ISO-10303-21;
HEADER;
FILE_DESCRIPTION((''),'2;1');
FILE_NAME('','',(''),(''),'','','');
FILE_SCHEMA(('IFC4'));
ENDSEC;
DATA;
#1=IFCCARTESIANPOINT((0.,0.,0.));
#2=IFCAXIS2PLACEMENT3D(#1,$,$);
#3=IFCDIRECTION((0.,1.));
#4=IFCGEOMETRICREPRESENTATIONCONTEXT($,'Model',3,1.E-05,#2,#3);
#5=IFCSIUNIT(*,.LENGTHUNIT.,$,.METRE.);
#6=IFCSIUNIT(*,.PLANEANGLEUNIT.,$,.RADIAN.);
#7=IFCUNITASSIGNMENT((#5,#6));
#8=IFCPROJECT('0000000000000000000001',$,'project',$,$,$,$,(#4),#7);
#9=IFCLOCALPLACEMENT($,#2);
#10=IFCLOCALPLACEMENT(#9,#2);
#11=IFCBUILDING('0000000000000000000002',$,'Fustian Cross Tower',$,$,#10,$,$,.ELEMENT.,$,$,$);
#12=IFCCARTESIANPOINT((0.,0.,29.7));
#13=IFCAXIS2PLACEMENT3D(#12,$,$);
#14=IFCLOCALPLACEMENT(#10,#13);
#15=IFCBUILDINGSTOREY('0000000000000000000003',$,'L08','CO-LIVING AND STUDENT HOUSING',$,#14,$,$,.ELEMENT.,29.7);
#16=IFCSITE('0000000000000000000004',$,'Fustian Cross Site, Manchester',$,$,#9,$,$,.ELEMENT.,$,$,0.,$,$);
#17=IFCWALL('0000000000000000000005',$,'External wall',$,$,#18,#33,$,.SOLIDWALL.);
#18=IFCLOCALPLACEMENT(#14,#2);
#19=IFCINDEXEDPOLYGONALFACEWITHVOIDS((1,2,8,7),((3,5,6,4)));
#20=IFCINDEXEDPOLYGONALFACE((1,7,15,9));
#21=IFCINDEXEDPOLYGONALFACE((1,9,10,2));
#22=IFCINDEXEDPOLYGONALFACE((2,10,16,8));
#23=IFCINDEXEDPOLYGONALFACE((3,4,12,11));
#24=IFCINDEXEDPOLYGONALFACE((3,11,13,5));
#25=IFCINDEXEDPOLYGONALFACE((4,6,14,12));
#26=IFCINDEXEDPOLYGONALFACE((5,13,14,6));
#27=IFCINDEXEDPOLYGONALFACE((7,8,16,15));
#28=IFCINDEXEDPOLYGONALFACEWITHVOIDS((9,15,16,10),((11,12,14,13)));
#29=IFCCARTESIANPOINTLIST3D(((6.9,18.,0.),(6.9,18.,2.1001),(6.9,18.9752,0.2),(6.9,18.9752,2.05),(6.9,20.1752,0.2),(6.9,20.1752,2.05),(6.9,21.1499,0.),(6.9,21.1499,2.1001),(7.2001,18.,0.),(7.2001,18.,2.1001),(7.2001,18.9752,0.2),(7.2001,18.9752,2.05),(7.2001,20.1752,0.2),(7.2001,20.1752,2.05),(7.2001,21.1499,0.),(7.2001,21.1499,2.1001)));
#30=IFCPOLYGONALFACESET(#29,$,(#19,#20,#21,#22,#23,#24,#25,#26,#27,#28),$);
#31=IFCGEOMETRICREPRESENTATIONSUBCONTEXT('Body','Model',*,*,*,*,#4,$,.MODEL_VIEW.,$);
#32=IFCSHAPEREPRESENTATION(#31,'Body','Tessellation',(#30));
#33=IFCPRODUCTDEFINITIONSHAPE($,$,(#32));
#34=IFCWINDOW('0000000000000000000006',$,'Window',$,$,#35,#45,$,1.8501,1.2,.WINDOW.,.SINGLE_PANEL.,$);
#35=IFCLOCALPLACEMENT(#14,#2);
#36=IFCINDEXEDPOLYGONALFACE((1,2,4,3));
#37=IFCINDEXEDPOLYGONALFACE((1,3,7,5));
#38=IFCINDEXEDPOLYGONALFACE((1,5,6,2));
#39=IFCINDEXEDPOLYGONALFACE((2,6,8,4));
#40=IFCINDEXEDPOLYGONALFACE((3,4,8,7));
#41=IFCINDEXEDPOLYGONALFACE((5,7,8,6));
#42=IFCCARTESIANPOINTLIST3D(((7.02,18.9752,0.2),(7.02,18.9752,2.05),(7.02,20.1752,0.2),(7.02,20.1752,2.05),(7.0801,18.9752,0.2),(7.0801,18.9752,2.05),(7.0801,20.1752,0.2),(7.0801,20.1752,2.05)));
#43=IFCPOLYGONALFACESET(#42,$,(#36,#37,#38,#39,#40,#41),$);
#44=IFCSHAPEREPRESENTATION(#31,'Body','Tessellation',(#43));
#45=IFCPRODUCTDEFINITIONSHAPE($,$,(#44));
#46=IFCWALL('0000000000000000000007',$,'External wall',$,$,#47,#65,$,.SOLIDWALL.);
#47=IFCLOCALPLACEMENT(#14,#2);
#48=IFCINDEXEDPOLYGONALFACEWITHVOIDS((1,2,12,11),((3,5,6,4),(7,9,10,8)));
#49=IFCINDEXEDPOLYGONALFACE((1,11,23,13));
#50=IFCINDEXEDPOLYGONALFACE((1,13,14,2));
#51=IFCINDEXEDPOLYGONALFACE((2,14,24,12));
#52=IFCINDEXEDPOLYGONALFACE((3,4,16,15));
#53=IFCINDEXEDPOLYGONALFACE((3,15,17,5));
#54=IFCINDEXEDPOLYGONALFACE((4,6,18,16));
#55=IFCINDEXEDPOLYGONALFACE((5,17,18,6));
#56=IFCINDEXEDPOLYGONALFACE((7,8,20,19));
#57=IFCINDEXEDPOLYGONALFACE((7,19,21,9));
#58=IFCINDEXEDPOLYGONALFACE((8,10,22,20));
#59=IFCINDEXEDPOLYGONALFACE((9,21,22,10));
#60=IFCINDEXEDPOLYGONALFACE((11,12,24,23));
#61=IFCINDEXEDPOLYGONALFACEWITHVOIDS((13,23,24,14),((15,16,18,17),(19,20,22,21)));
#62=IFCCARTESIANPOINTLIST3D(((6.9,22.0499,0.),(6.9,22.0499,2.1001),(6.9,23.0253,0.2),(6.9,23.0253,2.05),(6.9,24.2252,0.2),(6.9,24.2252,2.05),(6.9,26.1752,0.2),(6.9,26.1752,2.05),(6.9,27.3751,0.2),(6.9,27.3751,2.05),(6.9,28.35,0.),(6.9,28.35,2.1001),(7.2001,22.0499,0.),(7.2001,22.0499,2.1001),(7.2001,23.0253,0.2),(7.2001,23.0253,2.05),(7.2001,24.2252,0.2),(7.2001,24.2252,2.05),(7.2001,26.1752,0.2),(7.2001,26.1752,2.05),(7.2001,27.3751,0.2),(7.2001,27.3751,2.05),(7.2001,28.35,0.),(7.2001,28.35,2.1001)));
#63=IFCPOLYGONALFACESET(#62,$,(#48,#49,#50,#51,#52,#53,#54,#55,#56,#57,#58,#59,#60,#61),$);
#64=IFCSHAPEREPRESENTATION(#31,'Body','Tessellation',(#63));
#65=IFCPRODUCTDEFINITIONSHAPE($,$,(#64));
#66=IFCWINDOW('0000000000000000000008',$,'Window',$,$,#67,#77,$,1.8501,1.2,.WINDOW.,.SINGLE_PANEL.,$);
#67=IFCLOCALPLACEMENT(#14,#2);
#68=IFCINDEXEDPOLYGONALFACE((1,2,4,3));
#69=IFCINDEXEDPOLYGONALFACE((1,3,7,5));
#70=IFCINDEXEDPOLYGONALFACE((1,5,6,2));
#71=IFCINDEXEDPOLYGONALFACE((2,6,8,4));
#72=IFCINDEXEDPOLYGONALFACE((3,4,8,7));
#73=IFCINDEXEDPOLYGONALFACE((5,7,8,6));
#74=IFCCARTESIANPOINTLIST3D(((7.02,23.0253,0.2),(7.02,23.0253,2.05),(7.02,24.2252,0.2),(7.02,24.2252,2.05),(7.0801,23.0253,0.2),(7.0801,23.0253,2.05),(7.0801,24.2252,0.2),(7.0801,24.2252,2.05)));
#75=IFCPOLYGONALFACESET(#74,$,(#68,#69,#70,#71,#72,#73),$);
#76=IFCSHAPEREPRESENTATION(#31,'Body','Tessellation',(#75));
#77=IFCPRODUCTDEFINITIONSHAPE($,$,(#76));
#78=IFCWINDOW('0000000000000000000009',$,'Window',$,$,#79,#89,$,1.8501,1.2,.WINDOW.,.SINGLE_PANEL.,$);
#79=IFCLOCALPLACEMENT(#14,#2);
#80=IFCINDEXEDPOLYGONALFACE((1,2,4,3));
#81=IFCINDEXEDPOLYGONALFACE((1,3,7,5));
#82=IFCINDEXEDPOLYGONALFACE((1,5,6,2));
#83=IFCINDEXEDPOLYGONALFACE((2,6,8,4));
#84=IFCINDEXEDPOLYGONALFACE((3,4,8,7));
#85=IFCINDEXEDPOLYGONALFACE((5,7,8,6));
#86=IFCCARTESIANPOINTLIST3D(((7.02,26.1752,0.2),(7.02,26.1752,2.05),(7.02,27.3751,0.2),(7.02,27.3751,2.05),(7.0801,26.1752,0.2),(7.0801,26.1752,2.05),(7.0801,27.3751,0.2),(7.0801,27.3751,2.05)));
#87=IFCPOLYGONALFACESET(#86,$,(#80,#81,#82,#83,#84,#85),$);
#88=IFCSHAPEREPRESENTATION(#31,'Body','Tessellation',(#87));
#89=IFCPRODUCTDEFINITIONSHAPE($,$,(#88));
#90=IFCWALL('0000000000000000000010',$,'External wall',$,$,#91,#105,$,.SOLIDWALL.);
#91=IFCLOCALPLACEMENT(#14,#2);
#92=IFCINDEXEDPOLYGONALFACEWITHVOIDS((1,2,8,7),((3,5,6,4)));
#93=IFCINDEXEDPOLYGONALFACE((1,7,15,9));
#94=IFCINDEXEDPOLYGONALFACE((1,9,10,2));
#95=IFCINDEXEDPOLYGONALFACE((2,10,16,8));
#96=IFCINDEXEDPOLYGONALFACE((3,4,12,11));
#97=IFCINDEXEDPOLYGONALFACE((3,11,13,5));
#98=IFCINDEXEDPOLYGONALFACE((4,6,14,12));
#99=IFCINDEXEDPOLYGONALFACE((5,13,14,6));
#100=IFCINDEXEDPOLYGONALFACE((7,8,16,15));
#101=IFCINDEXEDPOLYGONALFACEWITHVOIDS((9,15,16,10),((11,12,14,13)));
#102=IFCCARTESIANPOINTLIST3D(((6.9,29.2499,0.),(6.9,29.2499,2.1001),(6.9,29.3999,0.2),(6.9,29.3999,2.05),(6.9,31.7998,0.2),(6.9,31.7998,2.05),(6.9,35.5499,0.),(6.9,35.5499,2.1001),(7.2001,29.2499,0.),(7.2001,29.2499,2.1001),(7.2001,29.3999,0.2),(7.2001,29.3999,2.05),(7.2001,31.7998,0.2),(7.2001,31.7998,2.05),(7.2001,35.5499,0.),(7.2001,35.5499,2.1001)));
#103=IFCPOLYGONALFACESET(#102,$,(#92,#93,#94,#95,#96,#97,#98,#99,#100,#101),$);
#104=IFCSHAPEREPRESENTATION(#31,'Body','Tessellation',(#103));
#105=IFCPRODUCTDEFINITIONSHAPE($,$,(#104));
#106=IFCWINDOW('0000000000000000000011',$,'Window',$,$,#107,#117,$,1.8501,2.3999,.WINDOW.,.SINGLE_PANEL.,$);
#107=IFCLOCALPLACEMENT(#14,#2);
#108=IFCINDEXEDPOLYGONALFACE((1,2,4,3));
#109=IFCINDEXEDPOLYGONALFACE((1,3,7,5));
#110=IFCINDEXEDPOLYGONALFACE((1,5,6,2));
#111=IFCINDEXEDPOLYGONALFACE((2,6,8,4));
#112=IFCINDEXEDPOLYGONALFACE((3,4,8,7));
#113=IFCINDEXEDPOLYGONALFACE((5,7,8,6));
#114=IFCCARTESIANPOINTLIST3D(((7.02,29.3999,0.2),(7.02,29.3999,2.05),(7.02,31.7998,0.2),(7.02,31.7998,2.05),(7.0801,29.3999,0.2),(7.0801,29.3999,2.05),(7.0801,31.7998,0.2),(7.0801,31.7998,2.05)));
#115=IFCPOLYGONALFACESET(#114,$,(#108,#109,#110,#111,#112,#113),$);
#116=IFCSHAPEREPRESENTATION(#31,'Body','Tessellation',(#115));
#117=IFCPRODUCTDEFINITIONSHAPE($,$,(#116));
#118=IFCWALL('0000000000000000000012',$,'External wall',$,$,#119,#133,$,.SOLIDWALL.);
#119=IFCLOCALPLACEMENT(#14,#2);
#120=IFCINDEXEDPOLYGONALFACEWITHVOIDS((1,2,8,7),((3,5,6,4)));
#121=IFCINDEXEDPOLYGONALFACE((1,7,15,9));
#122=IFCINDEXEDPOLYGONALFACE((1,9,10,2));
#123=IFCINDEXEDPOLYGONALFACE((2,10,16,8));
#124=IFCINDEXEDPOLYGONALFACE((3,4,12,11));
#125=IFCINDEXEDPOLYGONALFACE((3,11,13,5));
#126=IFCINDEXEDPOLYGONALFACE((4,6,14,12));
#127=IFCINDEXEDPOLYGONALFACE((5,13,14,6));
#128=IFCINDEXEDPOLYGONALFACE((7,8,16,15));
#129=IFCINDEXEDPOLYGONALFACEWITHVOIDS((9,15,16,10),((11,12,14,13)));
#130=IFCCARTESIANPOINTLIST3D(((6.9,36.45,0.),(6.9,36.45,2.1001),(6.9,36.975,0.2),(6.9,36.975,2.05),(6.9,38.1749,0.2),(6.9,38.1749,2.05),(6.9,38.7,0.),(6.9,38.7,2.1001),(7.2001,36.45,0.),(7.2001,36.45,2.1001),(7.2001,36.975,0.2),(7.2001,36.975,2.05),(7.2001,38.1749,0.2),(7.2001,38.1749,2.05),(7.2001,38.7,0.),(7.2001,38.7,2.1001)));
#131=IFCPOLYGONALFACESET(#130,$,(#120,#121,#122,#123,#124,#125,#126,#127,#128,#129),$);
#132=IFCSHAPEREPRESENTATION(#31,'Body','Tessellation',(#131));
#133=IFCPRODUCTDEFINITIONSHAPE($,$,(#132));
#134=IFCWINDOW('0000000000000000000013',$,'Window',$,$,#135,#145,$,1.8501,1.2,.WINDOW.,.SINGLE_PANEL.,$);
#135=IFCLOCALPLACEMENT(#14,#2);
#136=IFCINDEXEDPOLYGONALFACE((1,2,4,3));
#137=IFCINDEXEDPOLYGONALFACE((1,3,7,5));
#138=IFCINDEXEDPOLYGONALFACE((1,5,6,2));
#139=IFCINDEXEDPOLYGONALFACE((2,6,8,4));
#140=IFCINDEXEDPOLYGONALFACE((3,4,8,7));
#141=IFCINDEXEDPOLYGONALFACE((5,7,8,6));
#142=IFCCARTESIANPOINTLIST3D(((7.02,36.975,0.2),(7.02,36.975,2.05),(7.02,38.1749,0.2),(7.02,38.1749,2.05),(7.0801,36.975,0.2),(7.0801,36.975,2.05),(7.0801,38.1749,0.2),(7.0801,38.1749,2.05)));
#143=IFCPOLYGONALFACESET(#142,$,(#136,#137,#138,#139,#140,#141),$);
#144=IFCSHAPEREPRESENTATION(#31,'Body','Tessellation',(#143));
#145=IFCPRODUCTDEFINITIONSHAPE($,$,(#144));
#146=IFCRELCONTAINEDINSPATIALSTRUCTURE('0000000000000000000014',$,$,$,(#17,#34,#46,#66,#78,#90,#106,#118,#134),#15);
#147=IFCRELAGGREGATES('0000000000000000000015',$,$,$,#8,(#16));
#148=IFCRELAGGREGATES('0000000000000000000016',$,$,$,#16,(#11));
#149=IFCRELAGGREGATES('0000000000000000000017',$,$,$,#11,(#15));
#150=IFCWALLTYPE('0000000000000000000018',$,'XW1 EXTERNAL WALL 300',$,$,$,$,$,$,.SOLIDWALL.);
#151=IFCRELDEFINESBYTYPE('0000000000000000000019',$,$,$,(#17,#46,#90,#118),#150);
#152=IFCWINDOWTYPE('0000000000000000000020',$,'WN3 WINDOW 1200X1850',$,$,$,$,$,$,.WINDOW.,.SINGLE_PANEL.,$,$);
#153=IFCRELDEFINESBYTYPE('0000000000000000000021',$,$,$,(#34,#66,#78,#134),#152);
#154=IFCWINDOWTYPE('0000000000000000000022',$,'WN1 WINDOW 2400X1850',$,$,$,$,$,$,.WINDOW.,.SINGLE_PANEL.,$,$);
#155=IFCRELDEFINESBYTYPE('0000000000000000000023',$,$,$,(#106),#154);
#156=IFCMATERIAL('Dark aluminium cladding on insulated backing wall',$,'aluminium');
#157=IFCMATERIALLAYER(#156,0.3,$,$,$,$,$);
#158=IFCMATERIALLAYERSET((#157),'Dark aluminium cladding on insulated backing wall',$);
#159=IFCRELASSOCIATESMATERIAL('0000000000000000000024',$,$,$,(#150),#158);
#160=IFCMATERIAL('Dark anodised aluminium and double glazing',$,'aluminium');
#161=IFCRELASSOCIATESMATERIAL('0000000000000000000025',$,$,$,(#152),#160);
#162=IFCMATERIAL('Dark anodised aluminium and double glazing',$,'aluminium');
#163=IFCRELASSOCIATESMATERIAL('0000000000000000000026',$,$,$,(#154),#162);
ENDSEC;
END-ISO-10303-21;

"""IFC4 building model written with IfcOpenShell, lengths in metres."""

from ifc_helpers import new_model, si_unit, direction, frame, frame_2d, origin, place, context, subcontext, project, spatial, rectangle, extrude, material, layer, layer_set, type_object, element, fill, save


model = new_model("IFC4")

# Units and contexts
model_context = context("Model", 3, precision=1e-05, world=origin(), true_north=direction((0.0, 1.0)))
body_context = subcontext(model_context, "Body", "Model", "MODEL_VIEW")
ifc_project = project(units=[si_unit("LENGTHUNIT", "METRE"), si_unit("PLANEANGLEUNIT", "RADIAN")], contexts=[model_context])

# Site, building, storey
site_placement = place(None, origin())
site = spatial("IfcSite", under=ifc_project, at=site_placement, Name="Fustian Cross Site, Manchester", CompositionType="ELEMENT", RefElevation=0.0)
building_placement = place(site_placement, origin())
building = spatial("IfcBuilding", under=site, at=building_placement, Name="Fustian Cross Tower", CompositionType="ELEMENT")
storey_placement = place(building_placement, frame((0.0, 0.0, 29.7)))
storey = spatial("IfcBuildingStorey", under=building, at=storey_placement, Name="L08", Description="CO-LIVING AND STUDENT HOUSING", CompositionType="ELEMENT", Elevation=29.7)

# Shared definitions
ifc_material_1 = material(Name="Dark aluminium cladding on insulated backing wall", Category="aluminium")
ifc_layer = layer(ifc_material_1, 0.3)
ifc_layer_set = layer_set([ifc_layer], Name="Dark aluminium cladding on insulated backing wall")
wall_type = type_object("IfcWallType", Name="XW1 EXTERNAL WALL 300", PredefinedType="SOLIDWALL", material=ifc_layer_set)
ifc_material_2 = material(Name="Dark anodised aluminium and double glazing", Category="aluminium")
window_type_1 = type_object("IfcWindowType", Name="WN3 WINDOW 1200X1850", PartitioningType="SINGLE_PANEL", PredefinedType="WINDOW", material=ifc_material_2)

# Shared definitions
ifc_material_3 = material(Name="Dark anodised aluminium and double glazing", Category="aluminium")
window_type_2 = type_object("IfcWindowType", Name="WN1 WINDOW 2400X1850", PartitioningType="SINGLE_PANEL", PredefinedType="WINDOW", material=ifc_material_3)

# Wall, opening, window
wall_1_placement = place(storey_placement, frame((7.05, 18.0, 0.0), z_axis=(0.0, 0.0, 1.0), x_axis=(0.0, 1.0, 0.0)))
wall_1 = element("IfcWall", 1, at=wall_1_placement, inside=storey, type_object=wall_type, Name="External wall", PredefinedType="SOLIDWALL", context=body_context, shape_type="SweptSolid", body=[
    extrude(rectangle(XDim=3.1499, YDim=0.3, at=frame_2d((1.575, 0.0))), origin(), (0.0, 0.0, 1.0), 2.1001),
])
opening_1_placement = place(wall_1_placement, frame((0.9751, 0.0, 0.2)))
opening_1 = element("IfcOpeningElement", 2, at=opening_1_placement, cuts=wall_1, PredefinedType="OPENING", context=body_context, shape_type="SweptSolid", body=[
    extrude(rectangle(XDim=1.2, YDim=1.8501, at=frame_2d((0.6001, 0.925))), frame((0.0, 0.1599, 0.0), z_axis=(0.0, -1.0, 0.0), x_axis=(1.0, 0.0, 0.0)), (0.0, 0.0, 1.0), 0.3201),
])
window_1_placement = place(opening_1_placement, origin())
window_1 = element("IfcWindow", 3, at=window_1_placement, inside=storey, type_object=window_type_1, Name="Window", OverallHeight=1.8501, OverallWidth=1.2, PartitioningType="SINGLE_PANEL", PredefinedType="WINDOW", context=body_context, shape_type="SweptSolid", body=[
    extrude(rectangle(XDim=1.2, YDim=1.8501, at=frame_2d((0.6001, 0.925))), frame((0.0, 0.03, 0.0), z_axis=(0.0, -1.0, 0.0), x_axis=(1.0, 0.0, 0.0)), (0.0, 0.0, 1.0), 0.0601),
])
fill(opening_1, window_1)

# Wall, openings, windows
wall_2_placement = place(storey_placement, frame((7.05, 22.05, 0.0), z_axis=(0.0, 0.0, 1.0), x_axis=(0.0, 1.0, 0.0)))
wall_2 = element("IfcWall", 4, at=wall_2_placement, inside=storey, type_object=wall_type, Name="External wall", PredefinedType="SOLIDWALL", context=body_context, shape_type="SweptSolid", body=[
    extrude(rectangle(XDim=6.3, YDim=0.3, at=frame_2d((3.1499, 0.0))), origin(), (0.0, 0.0, 1.0), 2.1001),
])
opening_2_placement = place(wall_2_placement, frame((0.9751, 0.0, 0.2)))
opening_2 = element("IfcOpeningElement", 5, at=opening_2_placement, cuts=wall_2, PredefinedType="OPENING", context=body_context, shape_type="SweptSolid", body=[
    extrude(rectangle(XDim=1.2, YDim=1.8501, at=frame_2d((0.6001, 0.925))), frame((0.0, 0.1599, 0.0), z_axis=(0.0, -1.0, 0.0), x_axis=(1.0, 0.0, 0.0)), (0.0, 0.0, 1.0), 0.3201),
])
opening_3_placement = place(wall_2_placement, frame((4.125, 0.0, 0.2)))
opening_3 = element("IfcOpeningElement", 6, at=opening_3_placement, cuts=wall_2, PredefinedType="OPENING", context=body_context, shape_type="SweptSolid", body=[
    extrude(rectangle(XDim=1.2, YDim=1.8501, at=frame_2d((0.6001, 0.925))), frame((0.0, 0.1599, 0.0), z_axis=(0.0, -1.0, 0.0), x_axis=(1.0, 0.0, 0.0)), (0.0, 0.0, 1.0), 0.3201),
])
window_2_placement = place(opening_2_placement, origin())
window_2 = element("IfcWindow", 7, at=window_2_placement, inside=storey, type_object=window_type_1, Name="Window", OverallHeight=1.8501, OverallWidth=1.2, PartitioningType="SINGLE_PANEL", PredefinedType="WINDOW", context=body_context, shape_type="SweptSolid", body=[
    extrude(rectangle(XDim=1.2, YDim=1.8501, at=frame_2d((0.6001, 0.925))), frame((0.0, 0.03, 0.0), z_axis=(0.0, -1.0, 0.0), x_axis=(1.0, 0.0, 0.0)), (0.0, 0.0, 1.0), 0.0601),
])
fill(opening_2, window_2)
window_3_placement = place(opening_3_placement, origin())
window_3 = element("IfcWindow", 8, at=window_3_placement, inside=storey, type_object=window_type_1, Name="Window", OverallHeight=1.8501, OverallWidth=1.2, PartitioningType="SINGLE_PANEL", PredefinedType="WINDOW", context=body_context, shape_type="SweptSolid", body=[
    extrude(rectangle(XDim=1.2, YDim=1.8501, at=frame_2d((0.6001, 0.925))), frame((0.0, 0.03, 0.0), z_axis=(0.0, -1.0, 0.0), x_axis=(1.0, 0.0, 0.0)), (0.0, 0.0, 1.0), 0.0601),
])
fill(opening_3, window_3)

# Walls, openings, windows
wall_3_placement = place(storey_placement, frame((7.05, 29.25, 0.0), z_axis=(0.0, 0.0, 1.0), x_axis=(0.0, 1.0, 0.0)))
wall_3 = element("IfcWall", 9, at=wall_3_placement, inside=storey, type_object=wall_type, Name="External wall", PredefinedType="SOLIDWALL", context=body_context, shape_type="SweptSolid", body=[
    extrude(rectangle(XDim=6.3, YDim=0.3, at=frame_2d((3.1499, 0.0))), origin(), (0.0, 0.0, 1.0), 2.1001),
])
opening_4_placement = place(wall_3_placement, frame((0.1499, 0.0, 0.2)))
opening_4 = element("IfcOpeningElement", 10, at=opening_4_placement, cuts=wall_3, PredefinedType="OPENING", context=body_context, shape_type="SweptSolid", body=[
    extrude(rectangle(XDim=2.3999, YDim=1.8501, at=frame_2d((1.2, 0.925))), frame((0.0, 0.1599, 0.0), z_axis=(0.0, -1.0, 0.0), x_axis=(1.0, 0.0, 0.0)), (0.0, 0.0, 1.0), 0.3201),
])
window_4_placement = place(opening_4_placement, origin())
window_4 = element("IfcWindow", 11, at=window_4_placement, inside=storey, type_object=window_type_2, Name="Window", OverallHeight=1.8501, OverallWidth=2.3999, PartitioningType="SINGLE_PANEL", PredefinedType="WINDOW", context=body_context, shape_type="SweptSolid", body=[
    extrude(rectangle(XDim=2.3999, YDim=1.8501, at=frame_2d((1.2, 0.925))), frame((0.0, 0.03, 0.0), z_axis=(0.0, -1.0, 0.0), x_axis=(1.0, 0.0, 0.0)), (0.0, 0.0, 1.0), 0.0601),
])
fill(opening_4, window_4)
wall_4_placement = place(storey_placement, frame((7.05, 36.45, 0.0), z_axis=(0.0, 0.0, 1.0), x_axis=(0.0, 1.0, 0.0)))
wall_4 = element("IfcWall", 12, at=wall_4_placement, inside=storey, type_object=wall_type, Name="External wall", PredefinedType="SOLIDWALL", context=body_context, shape_type="SweptSolid", body=[
    extrude(rectangle(XDim=2.25, YDim=0.3, at=frame_2d((1.125, 0.0))), origin(), (0.0, 0.0, 1.0), 2.1001),
])
opening_5_placement = place(wall_4_placement, frame((0.5249, 0.0, 0.2)))
opening_5 = element("IfcOpeningElement", 13, at=opening_5_placement, cuts=wall_4, PredefinedType="OPENING", context=body_context, shape_type="SweptSolid", body=[
    extrude(rectangle(XDim=1.2, YDim=1.8501, at=frame_2d((0.6001, 0.925))), frame((0.0, 0.1599, 0.0), z_axis=(0.0, -1.0, 0.0), x_axis=(1.0, 0.0, 0.0)), (0.0, 0.0, 1.0), 0.3201),
])
window_5_placement = place(opening_5_placement, origin())
window_5 = element("IfcWindow", 14, at=window_5_placement, inside=storey, type_object=window_type_1, Name="Window", OverallHeight=1.8501, OverallWidth=1.2, PartitioningType="SINGLE_PANEL", PredefinedType="WINDOW", context=body_context, shape_type="SweptSolid", body=[
    extrude(rectangle(XDim=1.2, YDim=1.8501, at=frame_2d((0.6001, 0.925))), frame((0.0, 0.03, 0.0), z_axis=(0.0, -1.0, 0.0), x_axis=(1.0, 0.0, 0.0)), (0.0, 0.0, 1.0), 0.0601),
])
fill(opening_5, window_5)

save(model, "model.ifc")
